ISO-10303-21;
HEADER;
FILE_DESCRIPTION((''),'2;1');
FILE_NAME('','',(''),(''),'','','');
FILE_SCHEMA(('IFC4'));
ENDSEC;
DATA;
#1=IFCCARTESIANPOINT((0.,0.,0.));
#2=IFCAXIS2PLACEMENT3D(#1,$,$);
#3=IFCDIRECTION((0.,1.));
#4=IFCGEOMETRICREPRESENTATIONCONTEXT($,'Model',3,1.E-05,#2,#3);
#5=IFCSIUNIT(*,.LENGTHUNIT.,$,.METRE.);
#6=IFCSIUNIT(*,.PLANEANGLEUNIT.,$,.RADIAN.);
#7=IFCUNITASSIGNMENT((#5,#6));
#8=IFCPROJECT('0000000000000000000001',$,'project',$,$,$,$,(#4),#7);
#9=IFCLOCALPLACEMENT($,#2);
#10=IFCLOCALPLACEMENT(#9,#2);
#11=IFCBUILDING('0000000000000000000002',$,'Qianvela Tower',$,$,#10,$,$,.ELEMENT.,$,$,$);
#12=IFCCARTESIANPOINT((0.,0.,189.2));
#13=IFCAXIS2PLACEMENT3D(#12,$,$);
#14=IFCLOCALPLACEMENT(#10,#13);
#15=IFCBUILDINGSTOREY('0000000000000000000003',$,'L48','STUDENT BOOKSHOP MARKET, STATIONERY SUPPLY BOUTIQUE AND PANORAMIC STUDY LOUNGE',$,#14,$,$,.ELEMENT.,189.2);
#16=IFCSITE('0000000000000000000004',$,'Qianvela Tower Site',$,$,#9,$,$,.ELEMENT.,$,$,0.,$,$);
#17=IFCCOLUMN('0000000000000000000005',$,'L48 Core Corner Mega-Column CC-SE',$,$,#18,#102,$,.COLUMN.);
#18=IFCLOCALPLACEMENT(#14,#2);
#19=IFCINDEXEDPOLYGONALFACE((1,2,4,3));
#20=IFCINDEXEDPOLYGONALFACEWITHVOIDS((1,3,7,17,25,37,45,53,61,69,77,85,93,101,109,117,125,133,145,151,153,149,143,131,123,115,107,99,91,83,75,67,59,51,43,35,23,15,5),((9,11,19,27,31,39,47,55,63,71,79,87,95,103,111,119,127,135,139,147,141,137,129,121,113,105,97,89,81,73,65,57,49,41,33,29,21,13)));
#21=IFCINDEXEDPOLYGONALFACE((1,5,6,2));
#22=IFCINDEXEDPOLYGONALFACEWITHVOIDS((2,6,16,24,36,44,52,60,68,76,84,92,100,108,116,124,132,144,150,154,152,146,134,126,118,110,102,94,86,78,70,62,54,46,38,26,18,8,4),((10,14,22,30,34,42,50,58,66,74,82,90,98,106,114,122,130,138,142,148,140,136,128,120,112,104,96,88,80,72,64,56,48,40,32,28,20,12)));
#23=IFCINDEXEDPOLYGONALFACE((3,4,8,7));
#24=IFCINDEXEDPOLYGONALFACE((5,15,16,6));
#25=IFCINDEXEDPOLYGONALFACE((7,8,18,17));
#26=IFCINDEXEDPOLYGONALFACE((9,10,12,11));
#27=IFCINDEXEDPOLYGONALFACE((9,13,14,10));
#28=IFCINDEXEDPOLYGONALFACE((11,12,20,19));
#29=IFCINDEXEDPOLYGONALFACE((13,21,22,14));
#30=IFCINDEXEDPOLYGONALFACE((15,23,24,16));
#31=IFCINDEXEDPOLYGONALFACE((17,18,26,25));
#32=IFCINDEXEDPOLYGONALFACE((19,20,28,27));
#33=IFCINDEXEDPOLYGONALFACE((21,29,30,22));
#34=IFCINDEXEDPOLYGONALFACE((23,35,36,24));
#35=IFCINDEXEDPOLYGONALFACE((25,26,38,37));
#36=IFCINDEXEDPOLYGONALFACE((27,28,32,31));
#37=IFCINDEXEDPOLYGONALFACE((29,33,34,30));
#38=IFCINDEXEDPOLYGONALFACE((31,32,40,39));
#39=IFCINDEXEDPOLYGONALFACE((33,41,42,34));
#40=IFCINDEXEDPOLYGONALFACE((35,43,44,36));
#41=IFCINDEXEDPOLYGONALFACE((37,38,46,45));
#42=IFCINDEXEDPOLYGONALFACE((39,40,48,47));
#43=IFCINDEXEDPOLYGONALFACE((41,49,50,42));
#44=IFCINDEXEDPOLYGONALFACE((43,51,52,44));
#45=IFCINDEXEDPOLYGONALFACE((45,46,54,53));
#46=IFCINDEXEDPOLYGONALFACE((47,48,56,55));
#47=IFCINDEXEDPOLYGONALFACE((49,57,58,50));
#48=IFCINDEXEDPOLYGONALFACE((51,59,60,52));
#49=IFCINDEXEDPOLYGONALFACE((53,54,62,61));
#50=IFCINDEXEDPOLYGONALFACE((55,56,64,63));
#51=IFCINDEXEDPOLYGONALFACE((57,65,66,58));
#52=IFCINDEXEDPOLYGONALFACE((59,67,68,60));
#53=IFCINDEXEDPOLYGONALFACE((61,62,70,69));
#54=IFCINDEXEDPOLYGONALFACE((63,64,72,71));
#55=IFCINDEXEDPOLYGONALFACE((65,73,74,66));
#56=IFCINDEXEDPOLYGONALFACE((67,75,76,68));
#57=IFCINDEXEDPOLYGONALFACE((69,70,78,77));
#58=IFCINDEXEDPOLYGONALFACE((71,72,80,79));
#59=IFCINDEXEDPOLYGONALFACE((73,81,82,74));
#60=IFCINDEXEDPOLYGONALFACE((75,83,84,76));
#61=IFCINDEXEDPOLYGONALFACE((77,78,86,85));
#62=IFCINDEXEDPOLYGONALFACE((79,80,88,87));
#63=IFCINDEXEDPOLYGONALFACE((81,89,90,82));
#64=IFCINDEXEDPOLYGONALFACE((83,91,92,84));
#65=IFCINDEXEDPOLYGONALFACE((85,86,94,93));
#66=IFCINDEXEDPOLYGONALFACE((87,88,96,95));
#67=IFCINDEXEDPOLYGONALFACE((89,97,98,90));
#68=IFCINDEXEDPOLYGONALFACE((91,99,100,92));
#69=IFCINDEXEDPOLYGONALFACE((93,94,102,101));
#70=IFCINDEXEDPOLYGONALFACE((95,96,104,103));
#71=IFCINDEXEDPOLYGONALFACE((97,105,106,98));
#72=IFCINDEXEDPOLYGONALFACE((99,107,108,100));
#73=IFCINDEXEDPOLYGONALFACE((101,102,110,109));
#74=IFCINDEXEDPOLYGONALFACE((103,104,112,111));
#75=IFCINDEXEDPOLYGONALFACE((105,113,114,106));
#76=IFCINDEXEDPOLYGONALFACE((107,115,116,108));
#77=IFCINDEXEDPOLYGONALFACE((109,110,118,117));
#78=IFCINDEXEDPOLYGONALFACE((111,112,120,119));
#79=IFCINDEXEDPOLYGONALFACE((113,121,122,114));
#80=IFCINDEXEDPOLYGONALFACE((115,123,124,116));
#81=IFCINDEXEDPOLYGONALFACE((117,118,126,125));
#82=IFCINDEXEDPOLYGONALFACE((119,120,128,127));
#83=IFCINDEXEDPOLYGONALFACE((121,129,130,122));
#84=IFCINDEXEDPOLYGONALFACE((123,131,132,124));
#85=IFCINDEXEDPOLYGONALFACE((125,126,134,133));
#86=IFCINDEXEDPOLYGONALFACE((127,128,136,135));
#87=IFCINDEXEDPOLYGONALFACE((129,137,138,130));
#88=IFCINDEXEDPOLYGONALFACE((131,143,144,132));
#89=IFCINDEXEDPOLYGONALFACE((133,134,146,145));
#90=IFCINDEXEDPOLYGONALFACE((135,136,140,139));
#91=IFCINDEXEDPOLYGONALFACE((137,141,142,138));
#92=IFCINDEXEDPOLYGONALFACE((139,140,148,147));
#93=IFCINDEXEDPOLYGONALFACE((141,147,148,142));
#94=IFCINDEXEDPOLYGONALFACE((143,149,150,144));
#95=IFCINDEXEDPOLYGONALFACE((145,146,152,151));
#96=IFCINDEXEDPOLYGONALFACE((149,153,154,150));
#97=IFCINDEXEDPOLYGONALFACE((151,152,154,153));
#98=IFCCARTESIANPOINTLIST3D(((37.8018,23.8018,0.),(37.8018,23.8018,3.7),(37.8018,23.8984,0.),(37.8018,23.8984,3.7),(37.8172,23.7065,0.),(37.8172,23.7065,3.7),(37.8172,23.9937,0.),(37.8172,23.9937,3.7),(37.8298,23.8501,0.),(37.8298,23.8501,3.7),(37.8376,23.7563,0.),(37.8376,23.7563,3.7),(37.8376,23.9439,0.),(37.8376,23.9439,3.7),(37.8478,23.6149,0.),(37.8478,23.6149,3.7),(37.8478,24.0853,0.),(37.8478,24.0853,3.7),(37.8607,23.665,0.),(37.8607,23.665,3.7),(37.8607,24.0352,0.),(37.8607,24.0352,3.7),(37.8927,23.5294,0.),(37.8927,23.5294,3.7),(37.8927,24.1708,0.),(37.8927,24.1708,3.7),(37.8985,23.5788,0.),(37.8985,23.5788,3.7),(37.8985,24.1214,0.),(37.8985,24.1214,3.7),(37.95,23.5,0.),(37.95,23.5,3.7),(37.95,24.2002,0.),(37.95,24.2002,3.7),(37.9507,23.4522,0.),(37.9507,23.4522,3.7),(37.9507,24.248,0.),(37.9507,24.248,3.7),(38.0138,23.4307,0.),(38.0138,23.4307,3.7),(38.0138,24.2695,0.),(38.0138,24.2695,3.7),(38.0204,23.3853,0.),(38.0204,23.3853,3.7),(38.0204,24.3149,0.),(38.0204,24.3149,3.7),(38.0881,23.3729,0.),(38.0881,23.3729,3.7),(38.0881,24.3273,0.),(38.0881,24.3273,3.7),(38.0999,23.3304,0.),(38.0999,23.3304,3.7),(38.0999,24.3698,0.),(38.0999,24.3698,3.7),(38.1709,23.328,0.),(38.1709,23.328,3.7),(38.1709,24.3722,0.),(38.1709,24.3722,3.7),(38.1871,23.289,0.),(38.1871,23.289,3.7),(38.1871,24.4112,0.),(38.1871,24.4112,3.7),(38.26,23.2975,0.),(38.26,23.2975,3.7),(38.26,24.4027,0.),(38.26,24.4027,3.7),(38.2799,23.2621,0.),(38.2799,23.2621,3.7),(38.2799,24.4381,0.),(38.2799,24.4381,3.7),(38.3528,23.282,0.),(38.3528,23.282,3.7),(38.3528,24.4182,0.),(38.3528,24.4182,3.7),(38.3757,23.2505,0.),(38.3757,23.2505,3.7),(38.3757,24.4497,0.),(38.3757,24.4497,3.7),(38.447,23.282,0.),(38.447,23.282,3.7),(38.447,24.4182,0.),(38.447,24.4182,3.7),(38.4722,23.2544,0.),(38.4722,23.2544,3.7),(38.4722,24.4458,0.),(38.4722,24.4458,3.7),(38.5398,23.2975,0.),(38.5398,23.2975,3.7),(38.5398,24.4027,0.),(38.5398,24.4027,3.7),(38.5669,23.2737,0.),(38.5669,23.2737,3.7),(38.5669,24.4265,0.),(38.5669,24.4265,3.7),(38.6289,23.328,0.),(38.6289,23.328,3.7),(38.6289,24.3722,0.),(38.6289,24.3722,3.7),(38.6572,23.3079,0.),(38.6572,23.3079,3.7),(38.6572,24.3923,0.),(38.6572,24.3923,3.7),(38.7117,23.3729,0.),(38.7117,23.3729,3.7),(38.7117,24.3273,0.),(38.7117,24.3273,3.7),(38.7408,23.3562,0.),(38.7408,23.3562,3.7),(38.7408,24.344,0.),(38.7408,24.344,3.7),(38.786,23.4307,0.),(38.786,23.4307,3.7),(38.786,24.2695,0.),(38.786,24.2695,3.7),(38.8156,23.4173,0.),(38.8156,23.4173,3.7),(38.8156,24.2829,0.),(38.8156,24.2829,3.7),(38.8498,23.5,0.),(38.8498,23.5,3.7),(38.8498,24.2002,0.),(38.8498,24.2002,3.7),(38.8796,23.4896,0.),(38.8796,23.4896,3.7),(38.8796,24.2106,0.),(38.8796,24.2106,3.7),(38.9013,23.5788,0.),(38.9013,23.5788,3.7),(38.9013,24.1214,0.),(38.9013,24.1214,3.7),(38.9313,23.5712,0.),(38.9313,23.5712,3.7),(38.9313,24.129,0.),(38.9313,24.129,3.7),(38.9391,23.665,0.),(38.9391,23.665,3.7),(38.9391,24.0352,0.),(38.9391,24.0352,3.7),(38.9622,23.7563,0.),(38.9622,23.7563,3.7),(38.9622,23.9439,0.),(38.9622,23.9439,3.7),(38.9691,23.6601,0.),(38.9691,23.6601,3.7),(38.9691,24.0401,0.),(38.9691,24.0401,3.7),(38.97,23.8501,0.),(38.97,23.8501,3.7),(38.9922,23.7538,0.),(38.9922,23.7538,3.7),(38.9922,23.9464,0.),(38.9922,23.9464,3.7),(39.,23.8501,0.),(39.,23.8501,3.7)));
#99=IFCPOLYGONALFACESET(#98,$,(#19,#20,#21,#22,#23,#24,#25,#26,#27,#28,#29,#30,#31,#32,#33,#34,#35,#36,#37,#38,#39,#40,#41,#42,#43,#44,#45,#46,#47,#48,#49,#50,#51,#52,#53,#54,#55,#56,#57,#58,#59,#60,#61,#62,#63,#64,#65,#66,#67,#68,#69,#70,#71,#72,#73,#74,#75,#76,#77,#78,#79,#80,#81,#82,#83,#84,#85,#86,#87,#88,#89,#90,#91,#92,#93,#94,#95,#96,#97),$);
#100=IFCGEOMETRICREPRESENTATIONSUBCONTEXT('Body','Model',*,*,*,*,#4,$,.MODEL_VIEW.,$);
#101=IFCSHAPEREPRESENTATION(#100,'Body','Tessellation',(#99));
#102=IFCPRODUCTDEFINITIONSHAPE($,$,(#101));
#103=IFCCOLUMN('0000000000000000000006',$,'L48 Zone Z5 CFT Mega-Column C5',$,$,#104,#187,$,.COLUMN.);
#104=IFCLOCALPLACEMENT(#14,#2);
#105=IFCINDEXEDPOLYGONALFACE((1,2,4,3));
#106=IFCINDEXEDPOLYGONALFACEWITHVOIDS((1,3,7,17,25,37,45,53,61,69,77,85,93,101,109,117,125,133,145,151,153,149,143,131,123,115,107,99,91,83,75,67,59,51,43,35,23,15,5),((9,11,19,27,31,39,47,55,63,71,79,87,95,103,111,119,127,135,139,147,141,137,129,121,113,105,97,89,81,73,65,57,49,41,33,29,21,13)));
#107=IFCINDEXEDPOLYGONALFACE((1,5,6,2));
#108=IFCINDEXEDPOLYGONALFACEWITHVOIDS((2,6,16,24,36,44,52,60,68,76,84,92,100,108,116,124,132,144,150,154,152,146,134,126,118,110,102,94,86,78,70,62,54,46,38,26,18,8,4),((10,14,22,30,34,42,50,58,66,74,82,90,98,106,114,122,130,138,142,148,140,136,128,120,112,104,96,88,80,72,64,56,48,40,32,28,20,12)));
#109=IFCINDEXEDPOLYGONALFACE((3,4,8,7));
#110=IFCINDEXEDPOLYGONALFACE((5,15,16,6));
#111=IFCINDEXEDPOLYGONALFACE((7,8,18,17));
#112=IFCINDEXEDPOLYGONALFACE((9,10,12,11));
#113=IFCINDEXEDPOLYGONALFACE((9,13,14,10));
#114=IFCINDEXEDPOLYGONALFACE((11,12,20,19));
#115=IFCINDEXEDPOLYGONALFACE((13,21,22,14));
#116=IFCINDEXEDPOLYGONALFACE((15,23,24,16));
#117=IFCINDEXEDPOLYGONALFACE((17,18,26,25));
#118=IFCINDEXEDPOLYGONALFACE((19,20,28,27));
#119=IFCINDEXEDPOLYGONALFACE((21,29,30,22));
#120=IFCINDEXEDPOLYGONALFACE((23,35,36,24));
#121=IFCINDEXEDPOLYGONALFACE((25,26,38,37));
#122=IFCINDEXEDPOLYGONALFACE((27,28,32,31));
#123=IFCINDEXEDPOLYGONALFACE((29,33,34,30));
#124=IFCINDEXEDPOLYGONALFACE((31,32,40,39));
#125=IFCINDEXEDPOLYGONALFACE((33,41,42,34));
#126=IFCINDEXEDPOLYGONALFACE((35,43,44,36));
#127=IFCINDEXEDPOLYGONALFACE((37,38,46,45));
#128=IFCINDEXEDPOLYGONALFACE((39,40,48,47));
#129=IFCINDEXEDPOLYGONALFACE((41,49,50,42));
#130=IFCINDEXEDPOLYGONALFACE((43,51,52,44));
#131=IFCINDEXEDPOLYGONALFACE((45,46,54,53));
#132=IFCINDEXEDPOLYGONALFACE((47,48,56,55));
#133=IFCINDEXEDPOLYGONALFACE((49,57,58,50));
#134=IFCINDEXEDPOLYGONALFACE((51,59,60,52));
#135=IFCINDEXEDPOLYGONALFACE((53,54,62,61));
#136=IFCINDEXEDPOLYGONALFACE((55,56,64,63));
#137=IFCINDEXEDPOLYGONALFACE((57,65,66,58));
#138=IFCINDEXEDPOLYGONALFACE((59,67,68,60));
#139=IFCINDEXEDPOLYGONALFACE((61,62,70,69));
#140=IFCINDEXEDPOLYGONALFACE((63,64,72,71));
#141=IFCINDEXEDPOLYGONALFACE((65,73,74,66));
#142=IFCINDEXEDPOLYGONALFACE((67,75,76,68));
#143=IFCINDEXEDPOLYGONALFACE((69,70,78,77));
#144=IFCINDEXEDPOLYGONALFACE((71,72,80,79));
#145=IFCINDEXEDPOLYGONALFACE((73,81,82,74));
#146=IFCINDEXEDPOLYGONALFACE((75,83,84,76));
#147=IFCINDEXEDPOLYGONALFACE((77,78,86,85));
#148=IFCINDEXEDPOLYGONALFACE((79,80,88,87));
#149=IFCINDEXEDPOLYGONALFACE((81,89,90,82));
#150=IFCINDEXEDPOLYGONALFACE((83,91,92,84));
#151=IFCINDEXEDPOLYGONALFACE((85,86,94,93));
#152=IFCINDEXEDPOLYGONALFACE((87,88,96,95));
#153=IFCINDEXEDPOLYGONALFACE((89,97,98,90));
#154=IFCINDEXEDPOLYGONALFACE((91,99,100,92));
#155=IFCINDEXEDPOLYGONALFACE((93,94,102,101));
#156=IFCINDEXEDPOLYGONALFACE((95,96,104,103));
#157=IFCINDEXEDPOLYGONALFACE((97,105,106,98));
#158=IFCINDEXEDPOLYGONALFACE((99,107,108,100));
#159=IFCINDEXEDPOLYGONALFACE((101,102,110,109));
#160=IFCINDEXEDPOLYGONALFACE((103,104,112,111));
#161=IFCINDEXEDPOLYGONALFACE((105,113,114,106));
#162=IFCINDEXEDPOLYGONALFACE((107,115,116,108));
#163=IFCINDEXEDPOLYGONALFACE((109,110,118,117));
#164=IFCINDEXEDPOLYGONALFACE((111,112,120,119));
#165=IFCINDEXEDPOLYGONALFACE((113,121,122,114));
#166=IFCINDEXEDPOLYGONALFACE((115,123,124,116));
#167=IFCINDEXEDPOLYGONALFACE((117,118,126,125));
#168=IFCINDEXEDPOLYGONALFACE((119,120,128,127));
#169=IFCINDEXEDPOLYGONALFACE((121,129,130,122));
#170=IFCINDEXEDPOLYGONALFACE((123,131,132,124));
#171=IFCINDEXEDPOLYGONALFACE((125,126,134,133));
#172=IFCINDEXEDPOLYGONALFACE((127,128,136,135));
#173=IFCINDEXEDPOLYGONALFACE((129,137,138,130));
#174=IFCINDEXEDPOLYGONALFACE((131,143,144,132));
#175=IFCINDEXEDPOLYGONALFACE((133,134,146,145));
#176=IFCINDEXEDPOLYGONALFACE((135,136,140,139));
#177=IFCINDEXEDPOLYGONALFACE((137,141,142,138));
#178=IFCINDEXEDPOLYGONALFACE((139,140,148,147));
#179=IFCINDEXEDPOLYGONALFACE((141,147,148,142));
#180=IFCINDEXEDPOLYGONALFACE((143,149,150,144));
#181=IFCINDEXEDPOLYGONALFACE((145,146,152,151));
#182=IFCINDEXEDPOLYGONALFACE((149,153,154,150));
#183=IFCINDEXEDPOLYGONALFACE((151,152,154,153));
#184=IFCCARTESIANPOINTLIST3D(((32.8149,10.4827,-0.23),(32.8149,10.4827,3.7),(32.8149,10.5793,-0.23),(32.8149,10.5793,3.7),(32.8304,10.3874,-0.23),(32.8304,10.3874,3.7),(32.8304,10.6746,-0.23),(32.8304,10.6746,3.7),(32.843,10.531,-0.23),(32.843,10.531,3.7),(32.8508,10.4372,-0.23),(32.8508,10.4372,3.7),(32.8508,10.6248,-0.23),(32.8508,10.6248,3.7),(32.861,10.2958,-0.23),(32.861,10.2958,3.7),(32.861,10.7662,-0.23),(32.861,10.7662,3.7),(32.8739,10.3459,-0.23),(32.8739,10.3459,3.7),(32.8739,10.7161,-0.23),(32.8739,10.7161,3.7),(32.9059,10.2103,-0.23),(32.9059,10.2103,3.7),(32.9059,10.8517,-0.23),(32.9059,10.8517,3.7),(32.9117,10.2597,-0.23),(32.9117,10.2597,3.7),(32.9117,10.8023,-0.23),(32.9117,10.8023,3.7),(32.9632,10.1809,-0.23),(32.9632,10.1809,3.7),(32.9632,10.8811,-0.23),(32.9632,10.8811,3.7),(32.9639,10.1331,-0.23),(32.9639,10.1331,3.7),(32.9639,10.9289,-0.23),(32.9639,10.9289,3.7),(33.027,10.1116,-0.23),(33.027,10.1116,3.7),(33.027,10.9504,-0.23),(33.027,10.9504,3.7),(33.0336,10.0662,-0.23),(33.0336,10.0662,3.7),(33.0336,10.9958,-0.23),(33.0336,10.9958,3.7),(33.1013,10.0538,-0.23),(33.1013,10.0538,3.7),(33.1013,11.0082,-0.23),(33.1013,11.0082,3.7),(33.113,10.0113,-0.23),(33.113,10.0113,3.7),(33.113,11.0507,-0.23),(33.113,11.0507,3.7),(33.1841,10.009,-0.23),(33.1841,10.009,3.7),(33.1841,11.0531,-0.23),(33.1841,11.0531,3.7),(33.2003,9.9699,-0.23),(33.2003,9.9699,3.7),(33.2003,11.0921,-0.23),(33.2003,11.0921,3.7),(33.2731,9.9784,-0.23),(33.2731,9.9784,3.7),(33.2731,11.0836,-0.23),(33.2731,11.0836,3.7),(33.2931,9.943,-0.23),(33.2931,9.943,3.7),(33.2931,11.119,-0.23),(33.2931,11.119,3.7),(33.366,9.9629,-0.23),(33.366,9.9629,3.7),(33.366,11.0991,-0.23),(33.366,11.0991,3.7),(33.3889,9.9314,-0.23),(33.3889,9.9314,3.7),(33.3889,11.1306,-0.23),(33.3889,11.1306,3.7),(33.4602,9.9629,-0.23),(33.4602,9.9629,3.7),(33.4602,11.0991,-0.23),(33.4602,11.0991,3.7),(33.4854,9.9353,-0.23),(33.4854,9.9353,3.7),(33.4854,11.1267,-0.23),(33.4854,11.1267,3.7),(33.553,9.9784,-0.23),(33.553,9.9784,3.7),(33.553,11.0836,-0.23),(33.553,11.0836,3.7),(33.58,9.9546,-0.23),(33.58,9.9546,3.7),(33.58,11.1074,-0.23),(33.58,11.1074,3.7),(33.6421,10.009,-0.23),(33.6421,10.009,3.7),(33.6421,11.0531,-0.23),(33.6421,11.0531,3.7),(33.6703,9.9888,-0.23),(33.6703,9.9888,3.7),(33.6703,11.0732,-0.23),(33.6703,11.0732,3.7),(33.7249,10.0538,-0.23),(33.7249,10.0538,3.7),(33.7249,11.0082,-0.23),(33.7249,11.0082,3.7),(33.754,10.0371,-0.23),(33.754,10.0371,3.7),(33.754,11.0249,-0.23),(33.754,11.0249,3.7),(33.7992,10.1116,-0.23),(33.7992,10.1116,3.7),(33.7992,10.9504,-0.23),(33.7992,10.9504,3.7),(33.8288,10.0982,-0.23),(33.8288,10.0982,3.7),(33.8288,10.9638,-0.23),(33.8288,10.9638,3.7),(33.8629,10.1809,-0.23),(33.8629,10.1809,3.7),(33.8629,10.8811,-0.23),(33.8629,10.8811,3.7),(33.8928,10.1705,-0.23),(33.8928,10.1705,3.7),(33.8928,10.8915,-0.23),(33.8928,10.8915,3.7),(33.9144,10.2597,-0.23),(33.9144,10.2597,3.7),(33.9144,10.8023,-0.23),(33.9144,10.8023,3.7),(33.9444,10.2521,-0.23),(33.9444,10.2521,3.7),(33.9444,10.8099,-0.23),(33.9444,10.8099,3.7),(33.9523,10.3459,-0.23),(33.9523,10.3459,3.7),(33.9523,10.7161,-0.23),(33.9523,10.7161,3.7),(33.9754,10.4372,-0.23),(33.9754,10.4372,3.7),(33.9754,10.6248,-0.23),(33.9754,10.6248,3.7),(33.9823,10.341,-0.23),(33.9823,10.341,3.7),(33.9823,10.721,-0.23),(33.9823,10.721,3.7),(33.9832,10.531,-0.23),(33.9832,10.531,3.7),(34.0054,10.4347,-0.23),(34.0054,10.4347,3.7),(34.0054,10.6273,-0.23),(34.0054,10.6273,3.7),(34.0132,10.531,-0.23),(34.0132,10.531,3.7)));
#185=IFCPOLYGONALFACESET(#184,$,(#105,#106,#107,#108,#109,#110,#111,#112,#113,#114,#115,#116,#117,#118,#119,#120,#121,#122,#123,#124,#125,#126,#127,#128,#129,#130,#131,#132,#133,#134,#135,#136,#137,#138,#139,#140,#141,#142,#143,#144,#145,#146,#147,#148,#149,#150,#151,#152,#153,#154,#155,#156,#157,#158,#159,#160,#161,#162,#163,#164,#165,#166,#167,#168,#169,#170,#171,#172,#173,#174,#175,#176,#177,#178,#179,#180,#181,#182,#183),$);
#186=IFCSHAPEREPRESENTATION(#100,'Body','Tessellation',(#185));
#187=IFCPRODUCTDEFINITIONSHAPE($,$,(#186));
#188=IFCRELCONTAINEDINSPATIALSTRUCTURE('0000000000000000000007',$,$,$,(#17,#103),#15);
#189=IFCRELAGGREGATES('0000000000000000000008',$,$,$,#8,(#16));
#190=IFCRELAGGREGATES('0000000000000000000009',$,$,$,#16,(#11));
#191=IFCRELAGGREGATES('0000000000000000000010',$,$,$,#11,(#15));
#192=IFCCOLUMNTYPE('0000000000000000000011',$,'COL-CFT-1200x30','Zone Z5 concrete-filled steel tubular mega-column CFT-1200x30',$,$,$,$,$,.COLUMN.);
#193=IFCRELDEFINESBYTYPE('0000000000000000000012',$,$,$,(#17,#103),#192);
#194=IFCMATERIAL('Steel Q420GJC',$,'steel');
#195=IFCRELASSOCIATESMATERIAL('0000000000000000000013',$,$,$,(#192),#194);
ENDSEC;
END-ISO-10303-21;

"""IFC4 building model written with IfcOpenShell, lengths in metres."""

from ifc_helpers import new_model, si_unit, direction, frame, origin, origin_2d, place, context, subcontext, project, spatial, hollow_circle, extrude, material, material_profile, profile_set, type_object, element, save


model = new_model("IFC4")

# Units and contexts
model_context = context("Model", 3, precision=1e-05, world=origin(), true_north=direction((0.0, 1.0)))
body_context = subcontext(model_context, "Body", "Model", "MODEL_VIEW")
ifc_project = project(units=[si_unit("LENGTHUNIT", "METRE"), si_unit("PLANEANGLEUNIT", "RADIAN")], contexts=[model_context])

# Site, building, storey
site_placement = place(None, origin())
site = spatial("IfcSite", under=ifc_project, at=site_placement, Name="Qianvela Tower Site", CompositionType="ELEMENT", RefElevation=0.0)
building_placement = place(site_placement, origin())
building = spatial("IfcBuilding", under=site, at=building_placement, Name="Qianvela Tower", CompositionType="ELEMENT")
storey_placement = place(building_placement, frame((0.0, 0.0, 189.2)))
storey = spatial("IfcBuildingStorey", under=building, at=storey_placement, Name="L48", Description="STUDENT BOOKSHOP MARKET, STATIONERY SUPPLY BOUTIQUE AND PANORAMIC STUDY LOUNGE", CompositionType="ELEMENT", Elevation=189.2)

# Columns
ifc_material_1 = material(Name="Steel Q420GJC", Category="steel")
ifc_material_profile_1 = material_profile(ifc_material_1, hollow_circle(Radius=0.6001, WallThickness=0.03, at=origin_2d()), Name="CFT-1200x30")
ifc_profile_set_1 = profile_set([ifc_material_profile_1], Name="Steel Q420GJC")
column_type = type_object("IfcColumnType", Name="COL-CFT-1200x30", Description="Zone Z5 concrete-filled steel tubular mega-column CFT-1200x30", PredefinedType="COLUMN", material=ifc_profile_set_1)
column_1_placement = place(storey_placement, frame((38.3999, 23.8501, 0.0), z_axis=(0.0, 0.0, 1.0), x_axis=(1.0, 0.0, 0.0)))
element("IfcColumn", 1, at=column_1_placement, inside=storey, type_object=column_type, Name="L48 Core Corner Mega-Column CC-SE", PredefinedType="COLUMN", context=body_context, shape_type="SweptSolid", body=[
    extrude(hollow_circle(Radius=0.6001, WallThickness=0.03, at=origin_2d()), origin(), (0.0, 0.0, 1.0), 3.7),
])
column_2_placement = place(storey_placement, frame((33.4131, 10.531, -0.23), z_axis=(0.0, 0.0, 1.0), x_axis=(1.0, 0.0, 0.0)))
element("IfcColumn", 2, at=column_2_placement, inside=storey, type_object=column_type, Name="L48 Zone Z5 CFT Mega-Column C5", PredefinedType="COLUMN", context=body_context, shape_type="SweptSolid", body=[
    extrude(hollow_circle(Radius=0.6001, WallThickness=0.03, at=origin_2d()), origin(), (0.0, 0.0, 1.0), 3.9299),
])

save(model, "model.ifc")
